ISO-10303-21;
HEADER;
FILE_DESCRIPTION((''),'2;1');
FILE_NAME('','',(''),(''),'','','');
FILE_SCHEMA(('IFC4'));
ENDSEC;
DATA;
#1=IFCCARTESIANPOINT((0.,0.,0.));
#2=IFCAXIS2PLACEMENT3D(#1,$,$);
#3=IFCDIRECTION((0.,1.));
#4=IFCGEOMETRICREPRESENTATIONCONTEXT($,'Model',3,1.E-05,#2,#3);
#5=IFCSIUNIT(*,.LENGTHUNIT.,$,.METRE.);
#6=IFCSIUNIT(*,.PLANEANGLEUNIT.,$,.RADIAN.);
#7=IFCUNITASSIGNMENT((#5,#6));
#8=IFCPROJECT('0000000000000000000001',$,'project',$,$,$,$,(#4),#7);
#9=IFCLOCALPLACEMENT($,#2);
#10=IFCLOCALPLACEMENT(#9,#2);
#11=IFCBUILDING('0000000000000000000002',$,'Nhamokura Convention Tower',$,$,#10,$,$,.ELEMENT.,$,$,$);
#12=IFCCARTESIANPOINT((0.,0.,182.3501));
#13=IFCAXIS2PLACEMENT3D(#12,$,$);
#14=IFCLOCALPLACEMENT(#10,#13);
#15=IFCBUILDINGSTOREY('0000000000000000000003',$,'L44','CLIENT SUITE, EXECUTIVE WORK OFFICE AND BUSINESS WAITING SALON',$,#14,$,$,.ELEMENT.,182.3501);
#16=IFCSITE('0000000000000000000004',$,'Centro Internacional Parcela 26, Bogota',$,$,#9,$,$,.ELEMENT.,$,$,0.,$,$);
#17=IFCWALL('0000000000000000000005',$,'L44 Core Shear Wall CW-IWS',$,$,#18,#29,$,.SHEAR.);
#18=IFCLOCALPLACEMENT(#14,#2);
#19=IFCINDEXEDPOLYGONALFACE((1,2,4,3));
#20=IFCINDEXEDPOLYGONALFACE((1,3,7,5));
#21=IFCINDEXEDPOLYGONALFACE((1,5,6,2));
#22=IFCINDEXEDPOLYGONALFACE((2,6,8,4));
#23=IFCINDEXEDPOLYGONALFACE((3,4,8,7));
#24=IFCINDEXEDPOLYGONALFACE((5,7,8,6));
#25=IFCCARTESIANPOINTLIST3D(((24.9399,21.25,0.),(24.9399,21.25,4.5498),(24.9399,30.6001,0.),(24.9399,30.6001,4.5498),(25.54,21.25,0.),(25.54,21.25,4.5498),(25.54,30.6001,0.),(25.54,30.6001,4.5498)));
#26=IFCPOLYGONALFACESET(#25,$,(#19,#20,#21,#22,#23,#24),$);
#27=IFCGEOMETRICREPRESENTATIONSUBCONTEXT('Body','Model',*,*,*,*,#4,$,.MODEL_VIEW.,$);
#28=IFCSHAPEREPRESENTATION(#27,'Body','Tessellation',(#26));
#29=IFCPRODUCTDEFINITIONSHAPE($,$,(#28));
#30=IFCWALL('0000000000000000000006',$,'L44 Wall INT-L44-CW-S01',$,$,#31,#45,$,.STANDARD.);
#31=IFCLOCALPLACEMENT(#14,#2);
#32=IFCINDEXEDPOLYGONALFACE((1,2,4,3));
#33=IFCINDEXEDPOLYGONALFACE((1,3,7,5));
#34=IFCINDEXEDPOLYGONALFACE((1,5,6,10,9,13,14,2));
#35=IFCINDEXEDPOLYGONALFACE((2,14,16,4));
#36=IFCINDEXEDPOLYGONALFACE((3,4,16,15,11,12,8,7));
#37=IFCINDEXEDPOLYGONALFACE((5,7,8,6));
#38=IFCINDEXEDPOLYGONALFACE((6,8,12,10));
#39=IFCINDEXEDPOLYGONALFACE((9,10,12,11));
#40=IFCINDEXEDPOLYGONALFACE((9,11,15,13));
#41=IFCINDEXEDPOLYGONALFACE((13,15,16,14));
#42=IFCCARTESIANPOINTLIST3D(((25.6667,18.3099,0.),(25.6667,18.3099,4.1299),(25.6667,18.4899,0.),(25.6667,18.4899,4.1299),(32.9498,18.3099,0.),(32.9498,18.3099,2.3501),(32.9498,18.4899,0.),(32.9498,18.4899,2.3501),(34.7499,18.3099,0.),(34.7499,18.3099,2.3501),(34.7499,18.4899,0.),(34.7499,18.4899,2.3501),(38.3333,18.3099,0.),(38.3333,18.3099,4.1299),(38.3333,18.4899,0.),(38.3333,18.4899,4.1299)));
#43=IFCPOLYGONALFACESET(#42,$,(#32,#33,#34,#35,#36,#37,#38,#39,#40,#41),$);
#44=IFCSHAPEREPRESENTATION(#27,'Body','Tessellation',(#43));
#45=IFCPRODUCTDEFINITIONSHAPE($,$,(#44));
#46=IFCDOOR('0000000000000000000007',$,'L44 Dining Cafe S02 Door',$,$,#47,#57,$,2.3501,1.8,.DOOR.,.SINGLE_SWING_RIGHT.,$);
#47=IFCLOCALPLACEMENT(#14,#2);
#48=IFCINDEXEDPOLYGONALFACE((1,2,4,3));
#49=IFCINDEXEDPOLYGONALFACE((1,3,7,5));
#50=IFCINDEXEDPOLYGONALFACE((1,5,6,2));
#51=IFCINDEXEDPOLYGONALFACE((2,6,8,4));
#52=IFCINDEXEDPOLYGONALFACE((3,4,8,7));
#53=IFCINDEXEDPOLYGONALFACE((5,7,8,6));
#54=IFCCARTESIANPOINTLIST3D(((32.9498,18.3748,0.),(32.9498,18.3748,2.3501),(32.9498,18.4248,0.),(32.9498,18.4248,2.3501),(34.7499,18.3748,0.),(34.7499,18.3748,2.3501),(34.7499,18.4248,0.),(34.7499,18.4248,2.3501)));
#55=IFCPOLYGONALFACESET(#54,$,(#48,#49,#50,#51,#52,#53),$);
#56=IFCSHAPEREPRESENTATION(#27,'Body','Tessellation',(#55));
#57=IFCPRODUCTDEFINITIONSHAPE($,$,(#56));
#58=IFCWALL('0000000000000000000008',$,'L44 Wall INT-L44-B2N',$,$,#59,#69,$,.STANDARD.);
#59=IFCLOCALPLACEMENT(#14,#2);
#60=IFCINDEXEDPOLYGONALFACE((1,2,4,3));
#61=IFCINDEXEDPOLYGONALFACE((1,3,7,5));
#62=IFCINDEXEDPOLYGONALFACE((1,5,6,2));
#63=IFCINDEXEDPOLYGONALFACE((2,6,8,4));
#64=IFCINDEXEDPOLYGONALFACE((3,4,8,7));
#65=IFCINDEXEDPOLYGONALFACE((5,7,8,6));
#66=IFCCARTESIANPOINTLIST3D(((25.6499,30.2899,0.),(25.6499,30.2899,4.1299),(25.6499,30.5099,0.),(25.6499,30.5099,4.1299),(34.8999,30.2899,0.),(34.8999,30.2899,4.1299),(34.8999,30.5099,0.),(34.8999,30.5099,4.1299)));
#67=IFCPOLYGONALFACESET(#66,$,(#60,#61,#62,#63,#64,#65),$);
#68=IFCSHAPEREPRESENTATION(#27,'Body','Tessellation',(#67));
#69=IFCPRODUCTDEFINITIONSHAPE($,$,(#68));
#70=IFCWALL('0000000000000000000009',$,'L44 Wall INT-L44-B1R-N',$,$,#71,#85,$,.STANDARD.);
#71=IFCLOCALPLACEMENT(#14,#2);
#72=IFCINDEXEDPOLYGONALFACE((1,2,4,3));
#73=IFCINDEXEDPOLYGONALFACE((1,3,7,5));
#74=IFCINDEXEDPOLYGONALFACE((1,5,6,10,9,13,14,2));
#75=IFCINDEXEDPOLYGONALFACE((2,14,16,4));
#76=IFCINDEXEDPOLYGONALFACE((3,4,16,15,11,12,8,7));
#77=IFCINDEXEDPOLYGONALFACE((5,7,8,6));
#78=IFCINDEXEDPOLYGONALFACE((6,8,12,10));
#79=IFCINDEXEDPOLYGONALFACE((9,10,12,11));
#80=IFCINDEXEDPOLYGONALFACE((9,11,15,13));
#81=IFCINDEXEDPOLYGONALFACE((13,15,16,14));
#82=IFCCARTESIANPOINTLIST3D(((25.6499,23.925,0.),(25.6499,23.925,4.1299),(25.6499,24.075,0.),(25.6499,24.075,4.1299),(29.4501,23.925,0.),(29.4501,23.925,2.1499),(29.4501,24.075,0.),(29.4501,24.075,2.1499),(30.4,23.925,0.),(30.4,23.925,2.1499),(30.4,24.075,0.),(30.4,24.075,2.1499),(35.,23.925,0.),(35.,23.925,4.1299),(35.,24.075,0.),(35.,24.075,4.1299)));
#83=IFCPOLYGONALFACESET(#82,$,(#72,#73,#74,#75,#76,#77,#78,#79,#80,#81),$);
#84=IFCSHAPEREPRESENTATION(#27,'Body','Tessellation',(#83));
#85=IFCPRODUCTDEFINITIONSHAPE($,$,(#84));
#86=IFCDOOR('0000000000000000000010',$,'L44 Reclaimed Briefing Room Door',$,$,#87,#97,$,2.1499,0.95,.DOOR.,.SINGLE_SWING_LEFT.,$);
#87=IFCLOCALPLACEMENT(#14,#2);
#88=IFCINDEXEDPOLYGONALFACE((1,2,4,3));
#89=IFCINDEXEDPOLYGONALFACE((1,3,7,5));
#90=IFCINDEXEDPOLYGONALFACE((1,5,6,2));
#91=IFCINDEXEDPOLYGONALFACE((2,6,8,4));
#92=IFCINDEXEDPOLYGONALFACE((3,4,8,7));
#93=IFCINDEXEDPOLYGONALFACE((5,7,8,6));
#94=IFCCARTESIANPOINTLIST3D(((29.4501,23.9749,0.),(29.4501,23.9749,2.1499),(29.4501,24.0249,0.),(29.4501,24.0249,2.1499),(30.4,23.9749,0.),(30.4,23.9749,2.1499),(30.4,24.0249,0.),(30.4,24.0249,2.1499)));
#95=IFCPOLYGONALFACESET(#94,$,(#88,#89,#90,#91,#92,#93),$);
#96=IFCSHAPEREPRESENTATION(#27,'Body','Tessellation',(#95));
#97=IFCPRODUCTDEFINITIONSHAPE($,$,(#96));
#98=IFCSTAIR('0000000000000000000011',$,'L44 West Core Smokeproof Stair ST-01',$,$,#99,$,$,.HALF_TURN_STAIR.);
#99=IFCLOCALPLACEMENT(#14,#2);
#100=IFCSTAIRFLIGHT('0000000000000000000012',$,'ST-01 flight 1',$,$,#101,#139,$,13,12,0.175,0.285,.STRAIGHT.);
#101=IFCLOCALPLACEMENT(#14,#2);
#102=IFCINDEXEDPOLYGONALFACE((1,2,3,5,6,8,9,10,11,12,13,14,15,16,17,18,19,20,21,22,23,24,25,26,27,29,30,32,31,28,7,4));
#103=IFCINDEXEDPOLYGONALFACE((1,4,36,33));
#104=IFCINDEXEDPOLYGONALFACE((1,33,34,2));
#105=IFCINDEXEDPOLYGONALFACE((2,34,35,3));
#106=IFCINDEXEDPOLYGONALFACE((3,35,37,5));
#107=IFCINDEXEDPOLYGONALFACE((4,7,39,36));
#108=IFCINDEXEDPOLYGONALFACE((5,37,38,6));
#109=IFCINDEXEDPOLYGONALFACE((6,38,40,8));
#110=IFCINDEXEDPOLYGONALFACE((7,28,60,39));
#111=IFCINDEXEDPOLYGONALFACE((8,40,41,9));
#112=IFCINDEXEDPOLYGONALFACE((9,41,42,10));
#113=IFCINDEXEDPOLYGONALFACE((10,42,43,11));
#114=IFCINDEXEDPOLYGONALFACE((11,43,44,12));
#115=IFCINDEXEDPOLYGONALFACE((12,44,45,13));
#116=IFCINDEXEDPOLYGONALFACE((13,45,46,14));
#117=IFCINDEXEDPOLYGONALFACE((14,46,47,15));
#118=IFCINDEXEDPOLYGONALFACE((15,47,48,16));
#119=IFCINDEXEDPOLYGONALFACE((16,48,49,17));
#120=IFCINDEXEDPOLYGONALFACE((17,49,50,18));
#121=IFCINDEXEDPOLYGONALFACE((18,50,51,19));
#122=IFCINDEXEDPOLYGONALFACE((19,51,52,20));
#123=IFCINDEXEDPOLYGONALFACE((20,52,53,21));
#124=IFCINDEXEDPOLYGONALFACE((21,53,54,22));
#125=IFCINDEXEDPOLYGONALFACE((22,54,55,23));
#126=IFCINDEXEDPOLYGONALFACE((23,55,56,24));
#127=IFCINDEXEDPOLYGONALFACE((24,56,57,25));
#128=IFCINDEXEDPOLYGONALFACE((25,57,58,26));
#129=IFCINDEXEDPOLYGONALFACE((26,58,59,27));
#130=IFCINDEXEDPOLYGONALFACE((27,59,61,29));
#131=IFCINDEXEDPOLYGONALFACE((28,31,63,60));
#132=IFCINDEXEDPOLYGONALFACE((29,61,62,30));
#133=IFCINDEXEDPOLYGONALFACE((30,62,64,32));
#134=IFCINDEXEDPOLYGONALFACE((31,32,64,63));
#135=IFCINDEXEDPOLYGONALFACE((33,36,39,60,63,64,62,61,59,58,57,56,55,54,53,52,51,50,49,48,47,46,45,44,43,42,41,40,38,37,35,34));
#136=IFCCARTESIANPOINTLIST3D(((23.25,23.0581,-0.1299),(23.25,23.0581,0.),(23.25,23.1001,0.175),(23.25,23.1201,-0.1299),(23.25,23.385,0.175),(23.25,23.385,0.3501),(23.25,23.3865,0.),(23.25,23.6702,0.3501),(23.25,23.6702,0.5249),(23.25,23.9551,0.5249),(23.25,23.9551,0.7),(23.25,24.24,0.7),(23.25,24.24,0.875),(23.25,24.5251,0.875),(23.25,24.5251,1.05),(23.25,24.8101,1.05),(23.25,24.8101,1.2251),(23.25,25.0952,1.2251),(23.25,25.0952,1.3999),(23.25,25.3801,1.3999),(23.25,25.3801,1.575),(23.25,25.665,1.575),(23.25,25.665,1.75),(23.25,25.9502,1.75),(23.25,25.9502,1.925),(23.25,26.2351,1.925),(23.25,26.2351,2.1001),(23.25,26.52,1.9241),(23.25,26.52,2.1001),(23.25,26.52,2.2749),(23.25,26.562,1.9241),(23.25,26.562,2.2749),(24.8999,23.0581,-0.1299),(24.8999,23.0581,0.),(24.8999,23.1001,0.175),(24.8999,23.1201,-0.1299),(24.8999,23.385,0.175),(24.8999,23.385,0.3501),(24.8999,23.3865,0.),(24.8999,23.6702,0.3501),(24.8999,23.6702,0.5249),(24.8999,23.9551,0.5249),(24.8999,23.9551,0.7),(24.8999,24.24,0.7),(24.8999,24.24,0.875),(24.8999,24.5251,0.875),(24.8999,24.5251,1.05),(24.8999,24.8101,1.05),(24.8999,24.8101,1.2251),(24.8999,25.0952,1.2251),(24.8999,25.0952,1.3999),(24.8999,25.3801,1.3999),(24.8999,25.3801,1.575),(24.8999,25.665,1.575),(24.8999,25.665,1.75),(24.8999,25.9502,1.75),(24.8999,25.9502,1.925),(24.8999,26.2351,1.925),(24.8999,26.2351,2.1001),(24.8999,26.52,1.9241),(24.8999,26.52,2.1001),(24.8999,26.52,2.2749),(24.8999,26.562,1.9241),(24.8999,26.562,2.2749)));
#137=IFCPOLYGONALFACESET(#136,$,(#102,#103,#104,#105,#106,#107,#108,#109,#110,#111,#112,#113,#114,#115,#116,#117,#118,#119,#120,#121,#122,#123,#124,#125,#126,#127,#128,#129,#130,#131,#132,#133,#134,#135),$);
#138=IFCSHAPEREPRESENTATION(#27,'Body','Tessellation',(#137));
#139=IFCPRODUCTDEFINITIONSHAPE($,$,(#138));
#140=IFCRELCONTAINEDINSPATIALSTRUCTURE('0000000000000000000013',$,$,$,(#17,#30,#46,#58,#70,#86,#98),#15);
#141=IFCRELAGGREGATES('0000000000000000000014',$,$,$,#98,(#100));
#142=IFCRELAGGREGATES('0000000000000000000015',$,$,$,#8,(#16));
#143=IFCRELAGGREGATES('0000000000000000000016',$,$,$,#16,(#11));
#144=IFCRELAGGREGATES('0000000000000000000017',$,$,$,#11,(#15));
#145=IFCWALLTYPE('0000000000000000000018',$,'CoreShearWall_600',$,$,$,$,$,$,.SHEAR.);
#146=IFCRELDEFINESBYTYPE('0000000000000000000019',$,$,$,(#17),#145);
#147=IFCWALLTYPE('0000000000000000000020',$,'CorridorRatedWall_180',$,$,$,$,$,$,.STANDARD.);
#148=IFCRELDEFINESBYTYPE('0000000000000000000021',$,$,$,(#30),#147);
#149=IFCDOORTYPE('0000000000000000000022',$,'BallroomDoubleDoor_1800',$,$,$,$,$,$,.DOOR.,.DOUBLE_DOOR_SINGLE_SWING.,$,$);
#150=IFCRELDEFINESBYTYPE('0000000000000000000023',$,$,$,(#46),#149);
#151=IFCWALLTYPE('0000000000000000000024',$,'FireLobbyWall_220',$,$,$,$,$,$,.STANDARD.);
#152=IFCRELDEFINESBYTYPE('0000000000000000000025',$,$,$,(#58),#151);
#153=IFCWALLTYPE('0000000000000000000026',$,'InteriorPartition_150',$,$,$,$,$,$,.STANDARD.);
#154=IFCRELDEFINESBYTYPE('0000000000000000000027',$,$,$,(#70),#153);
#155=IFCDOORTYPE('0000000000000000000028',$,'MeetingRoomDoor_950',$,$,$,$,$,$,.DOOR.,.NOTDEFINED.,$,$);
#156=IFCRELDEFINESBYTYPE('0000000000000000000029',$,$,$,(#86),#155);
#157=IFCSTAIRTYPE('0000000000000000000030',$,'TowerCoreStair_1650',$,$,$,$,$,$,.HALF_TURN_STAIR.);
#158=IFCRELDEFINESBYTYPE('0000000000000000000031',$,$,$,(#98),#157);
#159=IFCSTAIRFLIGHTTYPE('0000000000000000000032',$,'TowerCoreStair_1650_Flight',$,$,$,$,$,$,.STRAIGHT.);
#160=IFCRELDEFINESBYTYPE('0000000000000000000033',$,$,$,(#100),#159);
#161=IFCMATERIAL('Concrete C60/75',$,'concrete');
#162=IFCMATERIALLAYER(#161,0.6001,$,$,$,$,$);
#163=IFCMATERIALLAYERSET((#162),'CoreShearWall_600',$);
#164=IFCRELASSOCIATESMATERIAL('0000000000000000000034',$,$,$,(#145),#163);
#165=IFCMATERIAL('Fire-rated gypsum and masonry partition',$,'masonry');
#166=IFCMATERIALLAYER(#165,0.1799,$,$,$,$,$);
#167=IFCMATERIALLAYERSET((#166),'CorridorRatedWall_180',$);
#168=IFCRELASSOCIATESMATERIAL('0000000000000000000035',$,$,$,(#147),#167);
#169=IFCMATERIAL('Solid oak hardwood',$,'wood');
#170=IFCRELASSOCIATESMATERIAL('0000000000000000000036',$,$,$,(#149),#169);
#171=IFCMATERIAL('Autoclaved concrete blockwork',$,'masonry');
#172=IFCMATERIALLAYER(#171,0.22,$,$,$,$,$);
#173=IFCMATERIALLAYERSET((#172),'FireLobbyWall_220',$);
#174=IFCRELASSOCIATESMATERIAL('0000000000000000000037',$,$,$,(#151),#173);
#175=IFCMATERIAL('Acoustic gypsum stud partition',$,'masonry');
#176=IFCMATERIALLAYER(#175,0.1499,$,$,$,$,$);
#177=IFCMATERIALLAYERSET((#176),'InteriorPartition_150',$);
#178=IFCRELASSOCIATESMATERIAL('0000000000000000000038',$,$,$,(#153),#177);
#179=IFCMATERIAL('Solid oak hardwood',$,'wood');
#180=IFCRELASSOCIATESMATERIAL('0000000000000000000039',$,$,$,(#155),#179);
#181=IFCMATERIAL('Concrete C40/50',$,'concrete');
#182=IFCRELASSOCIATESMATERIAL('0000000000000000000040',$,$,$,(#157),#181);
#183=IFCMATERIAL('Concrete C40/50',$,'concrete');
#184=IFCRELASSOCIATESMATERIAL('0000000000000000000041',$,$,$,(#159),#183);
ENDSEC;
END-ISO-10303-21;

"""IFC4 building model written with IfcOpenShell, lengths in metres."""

from ifc_helpers import new_model, si_unit, direction, frame, frame_2d, origin, place, context, subcontext, project, spatial, polyline, rectangle, outline, extrude, material, layer, layer_set, type_object, element, fill, aggregate, save


model = new_model("IFC4")

# Units and contexts
model_context = context("Model", 3, precision=1e-05, world=origin(), true_north=direction((0.0, 1.0)))
body_context = subcontext(model_context, "Body", "Model", "MODEL_VIEW")
ifc_project = project(units=[si_unit("LENGTHUNIT", "METRE"), si_unit("PLANEANGLEUNIT", "RADIAN")], contexts=[model_context])

# Site, building, storey
site_placement = place(None, origin())
site = spatial("IfcSite", under=ifc_project, at=site_placement, Name="Centro Internacional Parcela 26, Bogota", CompositionType="ELEMENT", RefElevation=0.0)
building_placement = place(site_placement, origin())
building = spatial("IfcBuilding", under=site, at=building_placement, Name="Nhamokura Convention Tower", CompositionType="ELEMENT")
storey_placement = place(building_placement, frame((0.0, 0.0, 182.3501)))
storey = spatial("IfcBuildingStorey", under=building, at=storey_placement, Name="L44", Description="CLIENT SUITE, EXECUTIVE WORK OFFICE AND BUSINESS WAITING SALON", CompositionType="ELEMENT", Elevation=182.3501)

# Wall
ifc_material_1 = material(Name="Concrete C60/75", Category="concrete")
ifc_layer_1 = layer(ifc_material_1, 0.6001)
ifc_layer_set_1 = layer_set([ifc_layer_1], Name="CoreShearWall_600")
wall_type_1 = type_object("IfcWallType", Name="CoreShearWall_600", PredefinedType="SHEAR", material=ifc_layer_set_1)
wall_1_placement = place(storey_placement, frame((25.24, 21.25, 0.0), z_axis=(0.0, 0.0, 1.0), x_axis=(0.0, 1.0, 0.0)))
element("IfcWall", 1, at=wall_1_placement, inside=storey, type_object=wall_type_1, Name="L44 Core Shear Wall CW-IWS", PredefinedType="SHEAR", context=body_context, shape_type="SweptSolid", body=[
    extrude(rectangle(XDim=9.3501, YDim=0.6001, at=frame_2d((4.675, 0.0))), origin(), (0.0, 0.0, 1.0), 4.5498),
])

# Wall, opening, door
ifc_material_2 = material(Name="Fire-rated gypsum and masonry partition", Category="masonry")
ifc_layer_2 = layer(ifc_material_2, 0.1799)
ifc_layer_set_2 = layer_set([ifc_layer_2], Name="CorridorRatedWall_180")
wall_type_2 = type_object("IfcWallType", Name="CorridorRatedWall_180", PredefinedType="STANDARD", material=ifc_layer_set_2)
wall_2_placement = place(storey_placement, frame((25.6667, 18.3999, 0.0), z_axis=(0.0, 0.0, 1.0), x_axis=(1.0, 0.0, 0.0)))
wall_2 = element("IfcWall", 2, at=wall_2_placement, inside=storey, type_object=wall_type_2, Name="L44 Wall INT-L44-CW-S01", PredefinedType="STANDARD", context=body_context, shape_type="SweptSolid", body=[
    extrude(rectangle(XDim=12.6665, YDim=0.1799, at=frame_2d((6.3333, 0.0))), origin(), (0.0, 0.0, 1.0), 4.1299),
])
opening_1_placement = place(wall_2_placement, frame((7.2832, 0.0, 0.0)))
opening_1 = element("IfcOpeningElement", 3, at=opening_1_placement, cuts=wall_2, PredefinedType="OPENING", context=body_context, shape_type="SweptSolid", body=[
    extrude(rectangle(XDim=1.8, YDim=2.3501, at=frame_2d((0.8999, 1.175))), frame((0.0, 0.0999, 0.0), z_axis=(0.0, -1.0, 0.0), x_axis=(1.0, 0.0, 0.0)), (0.0, 0.0, 1.0), 0.2),
])
ifc_material_3 = material(Name="Solid oak hardwood", Category="wood")
door_type_1 = type_object("IfcDoorType", Name="BallroomDoubleDoor_1800", OperationType="DOUBLE_DOOR_SINGLE_SWING", PredefinedType="DOOR", material=ifc_material_3)
door_1_placement = place(opening_1_placement, origin())
door_1 = element("IfcDoor", 4, at=door_1_placement, inside=storey, type_object=door_type_1, Name="L44 Dining Cafe S02 Door", OperationType="SINGLE_SWING_RIGHT", OverallHeight=2.3501, OverallWidth=1.8, PredefinedType="DOOR", context=body_context, shape_type="SweptSolid", body=[
    extrude(rectangle(XDim=1.8, YDim=2.3501, at=frame_2d((0.8999, 1.175))), frame((0.0, 0.0249, 0.0), z_axis=(0.0, -1.0, 0.0), x_axis=(1.0, 0.0, 0.0)), (0.0, 0.0, 1.0), 0.05),
])
fill(opening_1, door_1)

# Shared definitions
ifc_material_4 = material(Name="Autoclaved concrete blockwork", Category="masonry")
ifc_layer_3 = layer(ifc_material_4, 0.22)
ifc_layer_set_3 = layer_set([ifc_layer_3], Name="FireLobbyWall_220")
wall_type_3 = type_object("IfcWallType", Name="FireLobbyWall_220", PredefinedType="STANDARD", material=ifc_layer_set_3)

# Wall
wall_3_placement = place(storey_placement, frame((25.6499, 30.3999, 0.0), z_axis=(0.0, 0.0, 1.0), x_axis=(1.0, 0.0, 0.0)))
element("IfcWall", 5, at=wall_3_placement, inside=storey, type_object=wall_type_3, Name="L44 Wall INT-L44-B2N", PredefinedType="STANDARD", context=body_context, shape_type="SweptSolid", body=[
    extrude(rectangle(XDim=9.25, YDim=0.22, at=frame_2d((4.625, 0.0))), origin(), (0.0, 0.0, 1.0), 4.1299),
])

# Wall, opening, door
ifc_material_5 = material(Name="Acoustic gypsum stud partition", Category="masonry")
ifc_layer_4 = layer(ifc_material_5, 0.1499)
ifc_layer_set_4 = layer_set([ifc_layer_4], Name="InteriorPartition_150")
wall_type_4 = type_object("IfcWallType", Name="InteriorPartition_150", PredefinedType="STANDARD", material=ifc_layer_set_4)
wall_4_placement = place(storey_placement, frame((25.6499, 24.0, 0.0), z_axis=(0.0, 0.0, 1.0), x_axis=(1.0, 0.0, 0.0)))
wall_4 = element("IfcWall", 6, at=wall_4_placement, inside=storey, type_object=wall_type_4, Name="L44 Wall INT-L44-B1R-N", PredefinedType="STANDARD", context=body_context, shape_type="SweptSolid", body=[
    extrude(rectangle(XDim=9.3501, YDim=0.1499, at=frame_2d((4.675, 0.0))), origin(), (0.0, 0.0, 1.0), 4.1299),
])
opening_2_placement = place(wall_4_placement, frame((3.8, 0.0, 0.0)))
opening_2 = element("IfcOpeningElement", 7, at=opening_2_placement, cuts=wall_4, PredefinedType="OPENING", context=body_context, shape_type="SweptSolid", body=[
    extrude(rectangle(XDim=0.95, YDim=2.1499, at=frame_2d((0.4751, 1.075))), frame((0.0, 0.085, 0.0), z_axis=(0.0, -1.0, 0.0), x_axis=(1.0, 0.0, 0.0)), (0.0, 0.0, 1.0), 0.1699),
])
ifc_material_6 = material(Name="Solid oak hardwood", Category="wood")
door_type_2 = type_object("IfcDoorType", Name="MeetingRoomDoor_950", OperationType="NOTDEFINED", PredefinedType="DOOR", material=ifc_material_6)
door_2_placement = place(opening_2_placement, origin())
door_2 = element("IfcDoor", 8, at=door_2_placement, inside=storey, type_object=door_type_2, Name="L44 Reclaimed Briefing Room Door", OperationType="SINGLE_SWING_LEFT", OverallHeight=2.1499, OverallWidth=0.95, PredefinedType="DOOR", context=body_context, shape_type="SweptSolid", body=[
    extrude(rectangle(XDim=0.95, YDim=2.1499, at=frame_2d((0.4751, 1.075))), frame((0.0, 0.0249, 0.0), z_axis=(0.0, -1.0, 0.0), x_axis=(1.0, 0.0, 0.0)), (0.0, 0.0, 1.0), 0.05),
])
fill(opening_2, door_2)

# Stair, stair flight
ifc_material_7 = material(Name="Concrete C40/50", Category="concrete")
stair_type = type_object("IfcStairType", Name="TowerCoreStair_1650", PredefinedType="HALF_TURN_STAIR", material=ifc_material_7)
stair_placement = place(storey_placement, origin())
stair = element("IfcStair", 9, at=stair_placement, inside=storey, type_object=stair_type, Name="L44 West Core Smokeproof Stair ST-01", PredefinedType="HALF_TURN_STAIR")
ifc_material_8 = material(Name="Concrete C40/50", Category="concrete")
stair_flight_type = type_object("IfcStairFlightType", Name="TowerCoreStair_1650_Flight", PredefinedType="STRAIGHT", material=ifc_material_8)
stair_flight_1_placement = place(storey_placement, frame((24.075, 23.1001, 0.0), z_axis=(0.0, 0.0, 1.0), x_axis=(0.0, 1.0, 0.0)))
stair_flight_1 = element("IfcStairFlight", 10, at=stair_flight_1_placement, type_object=stair_flight_type, Name="ST-01 flight 1", NumberOfRisers=13, NumberOfTreads=12, PredefinedType="STRAIGHT", RiserHeight=0.175, TreadLength=0.285, context=body_context, shape_type="SweptSolid", body=[
    extrude(outline(polyline([(-0.042, 0.0), (0.0, 0.175), (0.2849, 0.175), (0.2849, 0.3501), (0.5701, 0.3501), (0.5701, 0.5249), (0.855, 0.5249), (0.855, 0.7), (1.1399, 0.7), (1.1399, 0.875), (1.425, 0.875), (1.425, 1.05), (1.71, 1.05), (1.71, 1.2251), (1.9951, 1.2251), (1.9951, 1.3999), (2.28, 1.3999), (2.28, 1.575), (2.5649, 1.575), (2.5649, 1.75), (2.8501, 1.75), (2.8501, 1.925), (3.135, 1.925), (3.135, 2.1001), (3.4199, 2.1001), (3.4199, 2.2749), (3.4619, 2.2749), (3.4619, 1.9241), (3.4199, 1.9241), (0.2864, 0.0), (0.02, -0.1299), (-0.042, -0.1299), (-0.042, 0.0)])), frame((0.0, 0.825, 0.0), z_axis=(0.0, -1.0, 0.0), x_axis=(1.0, 0.0, 0.0)), (0.0, 0.0, 1.0), 1.6499),
])
aggregate(stair, [stair_flight_1])

save(model, "model.ifc")
